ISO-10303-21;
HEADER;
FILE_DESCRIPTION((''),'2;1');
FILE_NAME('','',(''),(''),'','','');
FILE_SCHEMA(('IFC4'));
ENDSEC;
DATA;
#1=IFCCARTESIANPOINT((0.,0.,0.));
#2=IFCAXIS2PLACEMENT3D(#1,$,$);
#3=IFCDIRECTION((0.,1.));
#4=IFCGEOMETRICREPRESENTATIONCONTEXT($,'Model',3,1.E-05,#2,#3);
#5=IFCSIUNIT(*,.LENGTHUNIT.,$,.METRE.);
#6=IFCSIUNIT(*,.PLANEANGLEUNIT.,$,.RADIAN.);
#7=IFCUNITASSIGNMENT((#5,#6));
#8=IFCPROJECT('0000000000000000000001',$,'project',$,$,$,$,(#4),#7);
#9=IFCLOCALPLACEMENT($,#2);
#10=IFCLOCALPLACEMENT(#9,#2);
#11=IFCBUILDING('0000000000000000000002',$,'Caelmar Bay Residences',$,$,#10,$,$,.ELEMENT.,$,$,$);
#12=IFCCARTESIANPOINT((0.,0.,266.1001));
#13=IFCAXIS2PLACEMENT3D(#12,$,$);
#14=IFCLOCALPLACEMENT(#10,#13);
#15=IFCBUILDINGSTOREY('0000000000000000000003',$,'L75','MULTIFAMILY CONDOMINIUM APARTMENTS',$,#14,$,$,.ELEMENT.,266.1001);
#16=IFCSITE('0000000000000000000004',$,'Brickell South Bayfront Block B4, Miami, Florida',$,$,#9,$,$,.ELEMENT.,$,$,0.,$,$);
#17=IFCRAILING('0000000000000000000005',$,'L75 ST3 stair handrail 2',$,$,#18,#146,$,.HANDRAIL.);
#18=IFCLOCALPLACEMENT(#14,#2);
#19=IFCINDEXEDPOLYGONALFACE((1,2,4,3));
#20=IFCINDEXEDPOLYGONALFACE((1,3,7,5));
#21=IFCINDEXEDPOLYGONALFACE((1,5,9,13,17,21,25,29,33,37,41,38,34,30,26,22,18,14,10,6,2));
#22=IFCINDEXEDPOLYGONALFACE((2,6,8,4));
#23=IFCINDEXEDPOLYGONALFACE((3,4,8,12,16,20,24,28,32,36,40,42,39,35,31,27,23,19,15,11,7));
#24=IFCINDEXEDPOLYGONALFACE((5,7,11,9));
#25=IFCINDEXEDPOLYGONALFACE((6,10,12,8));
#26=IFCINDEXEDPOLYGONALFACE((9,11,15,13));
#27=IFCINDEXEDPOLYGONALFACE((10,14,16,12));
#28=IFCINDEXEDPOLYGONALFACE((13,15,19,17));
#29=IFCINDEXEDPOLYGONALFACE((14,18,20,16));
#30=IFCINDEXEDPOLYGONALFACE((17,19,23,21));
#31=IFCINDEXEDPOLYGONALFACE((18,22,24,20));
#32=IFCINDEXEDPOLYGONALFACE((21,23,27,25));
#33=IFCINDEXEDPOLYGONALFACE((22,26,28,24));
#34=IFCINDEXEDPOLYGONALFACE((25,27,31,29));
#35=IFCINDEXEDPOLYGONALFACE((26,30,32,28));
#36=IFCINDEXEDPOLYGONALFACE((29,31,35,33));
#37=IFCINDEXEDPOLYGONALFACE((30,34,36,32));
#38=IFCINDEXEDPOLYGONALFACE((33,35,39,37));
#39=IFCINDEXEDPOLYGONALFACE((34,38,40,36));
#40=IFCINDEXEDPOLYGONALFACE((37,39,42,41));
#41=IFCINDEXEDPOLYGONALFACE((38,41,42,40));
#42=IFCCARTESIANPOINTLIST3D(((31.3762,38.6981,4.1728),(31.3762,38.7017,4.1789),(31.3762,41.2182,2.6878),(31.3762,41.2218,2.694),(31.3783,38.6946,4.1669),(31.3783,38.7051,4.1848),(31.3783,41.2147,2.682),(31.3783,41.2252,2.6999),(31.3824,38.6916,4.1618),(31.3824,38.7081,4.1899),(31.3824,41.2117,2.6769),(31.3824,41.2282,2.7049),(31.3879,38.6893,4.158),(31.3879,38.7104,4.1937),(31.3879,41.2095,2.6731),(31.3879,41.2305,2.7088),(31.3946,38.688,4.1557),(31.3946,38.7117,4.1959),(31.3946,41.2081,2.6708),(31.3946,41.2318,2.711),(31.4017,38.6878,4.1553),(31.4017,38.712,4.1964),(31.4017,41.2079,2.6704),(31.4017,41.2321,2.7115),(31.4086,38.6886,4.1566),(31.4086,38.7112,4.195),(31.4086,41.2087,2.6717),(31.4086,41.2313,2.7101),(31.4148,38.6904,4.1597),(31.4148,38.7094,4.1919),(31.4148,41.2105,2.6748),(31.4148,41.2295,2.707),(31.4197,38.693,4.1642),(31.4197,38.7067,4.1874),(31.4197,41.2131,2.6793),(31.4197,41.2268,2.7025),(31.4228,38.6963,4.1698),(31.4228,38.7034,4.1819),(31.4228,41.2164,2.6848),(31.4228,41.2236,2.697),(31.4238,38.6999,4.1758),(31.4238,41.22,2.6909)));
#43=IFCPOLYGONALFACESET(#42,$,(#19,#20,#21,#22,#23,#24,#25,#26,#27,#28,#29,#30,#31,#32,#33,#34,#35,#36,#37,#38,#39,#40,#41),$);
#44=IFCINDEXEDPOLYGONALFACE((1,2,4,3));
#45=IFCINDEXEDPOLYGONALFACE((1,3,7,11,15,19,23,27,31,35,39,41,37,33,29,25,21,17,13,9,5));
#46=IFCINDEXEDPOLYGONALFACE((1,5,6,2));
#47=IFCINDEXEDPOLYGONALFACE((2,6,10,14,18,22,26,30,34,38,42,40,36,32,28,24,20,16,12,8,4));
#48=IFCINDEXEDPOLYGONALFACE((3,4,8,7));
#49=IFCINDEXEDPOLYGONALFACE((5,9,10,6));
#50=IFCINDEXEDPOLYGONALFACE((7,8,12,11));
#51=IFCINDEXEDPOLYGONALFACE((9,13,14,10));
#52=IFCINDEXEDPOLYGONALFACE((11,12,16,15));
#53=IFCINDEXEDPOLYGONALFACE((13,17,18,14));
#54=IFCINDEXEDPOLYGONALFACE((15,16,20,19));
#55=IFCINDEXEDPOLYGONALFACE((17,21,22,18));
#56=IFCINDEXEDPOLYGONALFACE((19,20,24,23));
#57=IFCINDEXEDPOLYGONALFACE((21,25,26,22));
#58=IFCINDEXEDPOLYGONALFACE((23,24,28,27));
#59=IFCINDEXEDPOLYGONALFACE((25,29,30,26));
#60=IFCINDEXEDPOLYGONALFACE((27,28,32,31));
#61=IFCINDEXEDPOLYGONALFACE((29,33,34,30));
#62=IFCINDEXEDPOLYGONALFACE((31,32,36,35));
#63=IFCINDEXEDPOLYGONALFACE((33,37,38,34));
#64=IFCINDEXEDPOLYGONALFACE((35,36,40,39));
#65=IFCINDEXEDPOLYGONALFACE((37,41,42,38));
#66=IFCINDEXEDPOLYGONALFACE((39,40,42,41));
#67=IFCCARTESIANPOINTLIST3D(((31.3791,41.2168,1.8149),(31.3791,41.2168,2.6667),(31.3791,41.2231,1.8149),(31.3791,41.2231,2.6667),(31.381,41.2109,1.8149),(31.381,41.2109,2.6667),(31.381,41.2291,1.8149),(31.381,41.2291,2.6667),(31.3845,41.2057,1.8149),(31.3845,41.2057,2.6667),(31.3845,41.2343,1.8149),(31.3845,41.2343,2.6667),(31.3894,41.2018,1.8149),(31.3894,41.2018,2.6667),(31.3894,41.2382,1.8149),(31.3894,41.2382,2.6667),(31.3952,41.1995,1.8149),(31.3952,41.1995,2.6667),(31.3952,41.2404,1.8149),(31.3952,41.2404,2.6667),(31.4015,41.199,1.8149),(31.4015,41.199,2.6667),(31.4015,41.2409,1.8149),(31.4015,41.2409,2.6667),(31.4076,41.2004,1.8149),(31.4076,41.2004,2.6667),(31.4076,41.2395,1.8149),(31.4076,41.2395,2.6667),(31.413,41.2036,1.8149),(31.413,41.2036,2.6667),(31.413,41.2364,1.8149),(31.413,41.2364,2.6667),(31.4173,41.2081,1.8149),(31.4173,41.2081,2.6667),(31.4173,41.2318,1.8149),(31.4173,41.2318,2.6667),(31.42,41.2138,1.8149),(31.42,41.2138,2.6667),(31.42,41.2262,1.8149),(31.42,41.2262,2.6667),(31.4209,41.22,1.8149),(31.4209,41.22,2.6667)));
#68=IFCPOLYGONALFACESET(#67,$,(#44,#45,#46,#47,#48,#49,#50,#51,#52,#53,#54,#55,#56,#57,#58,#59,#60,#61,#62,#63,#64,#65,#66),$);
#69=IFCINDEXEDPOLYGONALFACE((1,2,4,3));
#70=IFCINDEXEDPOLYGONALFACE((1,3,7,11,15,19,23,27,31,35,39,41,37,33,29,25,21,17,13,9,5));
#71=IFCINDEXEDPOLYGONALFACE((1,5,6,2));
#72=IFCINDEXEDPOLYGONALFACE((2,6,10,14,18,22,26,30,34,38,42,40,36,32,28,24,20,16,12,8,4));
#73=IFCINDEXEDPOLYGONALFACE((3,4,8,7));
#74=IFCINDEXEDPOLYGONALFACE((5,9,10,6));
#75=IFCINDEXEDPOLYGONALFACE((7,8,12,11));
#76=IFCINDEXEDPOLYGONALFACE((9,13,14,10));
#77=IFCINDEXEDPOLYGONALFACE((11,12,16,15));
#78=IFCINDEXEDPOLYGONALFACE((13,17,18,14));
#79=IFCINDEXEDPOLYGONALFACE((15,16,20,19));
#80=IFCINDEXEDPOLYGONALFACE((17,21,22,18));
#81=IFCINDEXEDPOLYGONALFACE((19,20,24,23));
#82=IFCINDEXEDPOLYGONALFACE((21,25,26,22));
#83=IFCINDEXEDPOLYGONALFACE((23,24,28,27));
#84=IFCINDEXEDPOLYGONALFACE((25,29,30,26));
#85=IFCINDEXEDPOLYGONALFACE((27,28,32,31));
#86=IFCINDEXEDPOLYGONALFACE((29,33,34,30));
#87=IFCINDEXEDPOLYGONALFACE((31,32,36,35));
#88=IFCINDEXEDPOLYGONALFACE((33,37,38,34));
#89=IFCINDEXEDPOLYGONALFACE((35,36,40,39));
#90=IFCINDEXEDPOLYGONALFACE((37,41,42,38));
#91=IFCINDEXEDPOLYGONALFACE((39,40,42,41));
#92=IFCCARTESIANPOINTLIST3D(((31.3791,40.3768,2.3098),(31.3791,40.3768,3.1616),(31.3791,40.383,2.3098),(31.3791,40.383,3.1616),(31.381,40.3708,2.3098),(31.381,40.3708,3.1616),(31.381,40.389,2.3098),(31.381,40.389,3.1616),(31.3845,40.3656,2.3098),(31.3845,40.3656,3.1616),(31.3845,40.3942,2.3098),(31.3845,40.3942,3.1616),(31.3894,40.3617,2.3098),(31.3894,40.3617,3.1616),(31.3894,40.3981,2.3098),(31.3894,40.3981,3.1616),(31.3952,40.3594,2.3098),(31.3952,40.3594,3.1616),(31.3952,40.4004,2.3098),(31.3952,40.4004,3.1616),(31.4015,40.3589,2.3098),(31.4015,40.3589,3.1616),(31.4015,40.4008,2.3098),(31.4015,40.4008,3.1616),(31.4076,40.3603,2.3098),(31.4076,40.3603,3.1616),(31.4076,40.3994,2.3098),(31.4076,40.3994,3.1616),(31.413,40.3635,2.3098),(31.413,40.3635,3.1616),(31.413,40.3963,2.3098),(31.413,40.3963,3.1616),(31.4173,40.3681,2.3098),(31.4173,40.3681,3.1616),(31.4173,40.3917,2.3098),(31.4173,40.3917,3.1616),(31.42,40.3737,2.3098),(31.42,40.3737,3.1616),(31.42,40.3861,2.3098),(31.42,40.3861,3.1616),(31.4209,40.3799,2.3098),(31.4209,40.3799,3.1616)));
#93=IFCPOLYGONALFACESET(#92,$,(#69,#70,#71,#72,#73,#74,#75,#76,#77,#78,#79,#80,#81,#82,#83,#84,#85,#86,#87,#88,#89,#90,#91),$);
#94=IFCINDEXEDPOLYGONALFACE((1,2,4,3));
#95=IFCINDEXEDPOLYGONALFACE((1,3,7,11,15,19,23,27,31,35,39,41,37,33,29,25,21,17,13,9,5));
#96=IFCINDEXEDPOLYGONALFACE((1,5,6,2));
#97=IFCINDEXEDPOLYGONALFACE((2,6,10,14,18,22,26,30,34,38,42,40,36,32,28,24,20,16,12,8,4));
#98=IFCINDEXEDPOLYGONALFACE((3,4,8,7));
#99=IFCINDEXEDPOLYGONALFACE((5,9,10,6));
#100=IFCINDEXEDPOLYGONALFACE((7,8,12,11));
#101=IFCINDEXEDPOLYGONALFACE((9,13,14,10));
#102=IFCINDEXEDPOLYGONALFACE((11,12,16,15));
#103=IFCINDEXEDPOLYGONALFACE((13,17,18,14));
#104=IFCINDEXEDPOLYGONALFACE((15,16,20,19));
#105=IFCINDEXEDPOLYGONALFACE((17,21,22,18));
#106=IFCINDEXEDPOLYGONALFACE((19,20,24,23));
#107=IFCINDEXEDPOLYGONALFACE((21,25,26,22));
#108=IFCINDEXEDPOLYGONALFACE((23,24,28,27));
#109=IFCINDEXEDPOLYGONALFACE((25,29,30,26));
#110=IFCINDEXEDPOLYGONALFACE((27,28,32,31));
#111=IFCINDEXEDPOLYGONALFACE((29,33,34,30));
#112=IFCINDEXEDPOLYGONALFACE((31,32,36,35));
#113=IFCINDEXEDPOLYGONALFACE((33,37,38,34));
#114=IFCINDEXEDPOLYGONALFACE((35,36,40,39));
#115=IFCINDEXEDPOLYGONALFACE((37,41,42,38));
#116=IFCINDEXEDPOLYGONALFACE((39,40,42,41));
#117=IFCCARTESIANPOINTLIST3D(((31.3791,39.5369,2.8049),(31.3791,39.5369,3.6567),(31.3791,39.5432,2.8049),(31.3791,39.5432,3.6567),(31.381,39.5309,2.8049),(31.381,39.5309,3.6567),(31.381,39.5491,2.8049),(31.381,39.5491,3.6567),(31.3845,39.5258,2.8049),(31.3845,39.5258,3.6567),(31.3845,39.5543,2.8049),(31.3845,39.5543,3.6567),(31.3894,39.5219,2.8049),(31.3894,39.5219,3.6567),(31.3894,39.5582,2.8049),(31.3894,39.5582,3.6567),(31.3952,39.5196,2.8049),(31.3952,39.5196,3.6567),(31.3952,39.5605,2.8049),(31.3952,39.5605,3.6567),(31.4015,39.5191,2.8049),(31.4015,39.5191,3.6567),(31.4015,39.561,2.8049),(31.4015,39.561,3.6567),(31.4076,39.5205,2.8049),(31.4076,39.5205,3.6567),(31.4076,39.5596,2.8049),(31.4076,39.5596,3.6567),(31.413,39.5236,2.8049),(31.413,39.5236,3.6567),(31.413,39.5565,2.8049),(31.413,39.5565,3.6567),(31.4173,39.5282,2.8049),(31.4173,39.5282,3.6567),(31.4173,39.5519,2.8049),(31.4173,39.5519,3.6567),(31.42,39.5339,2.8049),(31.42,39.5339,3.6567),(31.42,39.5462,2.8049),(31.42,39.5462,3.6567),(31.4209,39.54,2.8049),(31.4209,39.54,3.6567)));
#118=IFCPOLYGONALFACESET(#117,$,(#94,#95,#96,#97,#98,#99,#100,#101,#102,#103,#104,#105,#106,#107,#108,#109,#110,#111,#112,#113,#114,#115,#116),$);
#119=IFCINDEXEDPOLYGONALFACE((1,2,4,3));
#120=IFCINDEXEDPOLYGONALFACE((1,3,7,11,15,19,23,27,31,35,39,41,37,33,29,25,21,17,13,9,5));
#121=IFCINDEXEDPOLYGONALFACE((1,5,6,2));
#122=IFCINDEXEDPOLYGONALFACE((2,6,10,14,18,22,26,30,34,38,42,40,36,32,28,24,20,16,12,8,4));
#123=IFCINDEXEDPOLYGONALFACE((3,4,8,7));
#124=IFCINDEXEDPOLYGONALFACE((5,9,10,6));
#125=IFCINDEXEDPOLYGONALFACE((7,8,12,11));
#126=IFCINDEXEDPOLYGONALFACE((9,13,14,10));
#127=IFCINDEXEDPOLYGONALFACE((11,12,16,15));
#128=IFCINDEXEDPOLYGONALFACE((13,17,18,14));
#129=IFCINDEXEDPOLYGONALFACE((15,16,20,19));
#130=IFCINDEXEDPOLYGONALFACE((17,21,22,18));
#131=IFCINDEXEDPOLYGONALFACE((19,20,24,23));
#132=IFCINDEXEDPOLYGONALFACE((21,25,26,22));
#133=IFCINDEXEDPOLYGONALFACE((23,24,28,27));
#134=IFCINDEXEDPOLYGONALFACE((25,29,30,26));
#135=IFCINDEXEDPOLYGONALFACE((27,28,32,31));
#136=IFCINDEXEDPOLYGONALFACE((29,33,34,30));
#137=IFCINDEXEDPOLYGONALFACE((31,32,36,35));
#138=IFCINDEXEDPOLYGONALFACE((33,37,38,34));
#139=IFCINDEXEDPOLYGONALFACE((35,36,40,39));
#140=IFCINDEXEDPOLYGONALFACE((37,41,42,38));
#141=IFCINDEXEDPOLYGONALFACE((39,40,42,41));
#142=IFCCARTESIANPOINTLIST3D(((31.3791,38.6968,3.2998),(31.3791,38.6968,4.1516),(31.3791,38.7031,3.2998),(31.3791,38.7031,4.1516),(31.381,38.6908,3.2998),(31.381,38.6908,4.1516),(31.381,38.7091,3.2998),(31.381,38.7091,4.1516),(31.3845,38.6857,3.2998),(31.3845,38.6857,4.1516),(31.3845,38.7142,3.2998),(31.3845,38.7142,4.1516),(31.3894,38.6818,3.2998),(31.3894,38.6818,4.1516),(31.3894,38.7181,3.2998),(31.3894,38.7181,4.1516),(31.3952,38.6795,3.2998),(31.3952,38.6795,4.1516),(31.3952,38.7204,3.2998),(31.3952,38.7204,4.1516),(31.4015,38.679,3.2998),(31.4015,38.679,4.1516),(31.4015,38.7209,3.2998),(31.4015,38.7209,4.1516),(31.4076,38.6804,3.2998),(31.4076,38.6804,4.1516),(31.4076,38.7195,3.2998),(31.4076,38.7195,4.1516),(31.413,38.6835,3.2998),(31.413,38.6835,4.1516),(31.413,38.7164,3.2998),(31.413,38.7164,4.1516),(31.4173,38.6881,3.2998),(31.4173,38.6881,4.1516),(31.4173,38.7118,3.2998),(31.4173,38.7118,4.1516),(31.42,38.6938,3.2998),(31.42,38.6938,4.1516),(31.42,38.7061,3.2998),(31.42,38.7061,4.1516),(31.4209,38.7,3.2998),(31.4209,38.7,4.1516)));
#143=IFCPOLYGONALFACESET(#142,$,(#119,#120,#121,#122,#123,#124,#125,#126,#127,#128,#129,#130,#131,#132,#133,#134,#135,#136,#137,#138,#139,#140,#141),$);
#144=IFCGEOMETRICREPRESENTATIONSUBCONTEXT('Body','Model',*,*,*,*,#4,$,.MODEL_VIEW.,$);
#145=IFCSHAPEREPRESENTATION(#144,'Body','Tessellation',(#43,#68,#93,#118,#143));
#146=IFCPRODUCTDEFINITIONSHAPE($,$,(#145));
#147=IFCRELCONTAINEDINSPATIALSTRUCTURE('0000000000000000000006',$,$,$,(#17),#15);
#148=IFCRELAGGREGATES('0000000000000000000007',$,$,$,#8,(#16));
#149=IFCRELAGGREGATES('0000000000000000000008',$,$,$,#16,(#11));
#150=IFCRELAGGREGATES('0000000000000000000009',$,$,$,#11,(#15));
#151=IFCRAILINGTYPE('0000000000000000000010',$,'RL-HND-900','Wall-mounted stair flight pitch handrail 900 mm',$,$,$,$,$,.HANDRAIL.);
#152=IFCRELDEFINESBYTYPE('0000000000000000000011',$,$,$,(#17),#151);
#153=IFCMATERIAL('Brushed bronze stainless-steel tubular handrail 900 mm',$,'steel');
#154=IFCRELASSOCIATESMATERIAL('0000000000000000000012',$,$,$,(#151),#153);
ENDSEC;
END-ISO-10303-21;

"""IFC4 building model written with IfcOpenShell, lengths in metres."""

from ifc_helpers import new_model, si_unit, direction, frame, origin, origin_2d, place, context, subcontext, project, spatial, circle, extrude, material, type_object, element, save


model = new_model("IFC4")

# Units and contexts
model_context = context("Model", 3, precision=1e-05, world=origin(), true_north=direction((0.0, 1.0)))
body_context = subcontext(model_context, "Body", "Model", "MODEL_VIEW")
ifc_project = project(units=[si_unit("LENGTHUNIT", "METRE"), si_unit("PLANEANGLEUNIT", "RADIAN")], contexts=[model_context])

# Site, building, storey
site_placement = place(None, origin())
site = spatial("IfcSite", under=ifc_project, at=site_placement, Name="Brickell South Bayfront Block B4, Miami, Florida", CompositionType="ELEMENT", RefElevation=0.0)
building_placement = place(site_placement, origin())
building = spatial("IfcBuilding", under=site, at=building_placement, Name="Caelmar Bay Residences", CompositionType="ELEMENT")
storey_placement = place(building_placement, frame((0.0, 0.0, 266.1001)))
storey = spatial("IfcBuildingStorey", under=building, at=storey_placement, Name="L75", Description="MULTIFAMILY CONDOMINIUM APARTMENTS", CompositionType="ELEMENT", Elevation=266.1001)

# Railing
ifc_material_1 = material(Name="Brushed bronze stainless-steel tubular handrail 900 mm", Category="steel")
railing_type_1 = type_object("IfcRailingType", Name="RL-HND-900", Description="Wall-mounted stair flight pitch handrail 900 mm", PredefinedType="HANDRAIL", material=ifc_material_1)
railing_1_placement = place(storey_placement, frame((31.3999, 41.22, 1.8149)))
element("IfcRailing", 1, at=railing_1_placement, inside=storey, type_object=railing_type_1, Name="L75 ST3 stair handrail 2", PredefinedType="HANDRAIL", context=body_context, shape_type="SweptSolid", body=[
    extrude(circle(Radius=0.0239, at=origin_2d()), frame((0.0, 0.0, 0.876), z_axis=(0.0, -0.861561, 0.507655), x_axis=(1.0, 0.0, 0.0)), (0.0, 0.0, 1.0), 2.925),
    extrude(circle(Radius=0.021, at=origin_2d()), origin(), (0.0, 0.0, 1.0), 0.8518),
    extrude(circle(Radius=0.021, at=origin_2d()), frame((0.0, -0.8401, 0.4949)), (0.0, 0.0, 1.0), 0.8518),
    extrude(circle(Radius=0.021, at=origin_2d()), frame((0.0, -1.6799, 0.99)), (0.0, 0.0, 1.0), 0.8518),
    extrude(circle(Radius=0.021, at=origin_2d()), frame((0.0, -2.52, 1.4849)), (0.0, 0.0, 1.0), 0.8518),
])

save(model, "model.ifc")
